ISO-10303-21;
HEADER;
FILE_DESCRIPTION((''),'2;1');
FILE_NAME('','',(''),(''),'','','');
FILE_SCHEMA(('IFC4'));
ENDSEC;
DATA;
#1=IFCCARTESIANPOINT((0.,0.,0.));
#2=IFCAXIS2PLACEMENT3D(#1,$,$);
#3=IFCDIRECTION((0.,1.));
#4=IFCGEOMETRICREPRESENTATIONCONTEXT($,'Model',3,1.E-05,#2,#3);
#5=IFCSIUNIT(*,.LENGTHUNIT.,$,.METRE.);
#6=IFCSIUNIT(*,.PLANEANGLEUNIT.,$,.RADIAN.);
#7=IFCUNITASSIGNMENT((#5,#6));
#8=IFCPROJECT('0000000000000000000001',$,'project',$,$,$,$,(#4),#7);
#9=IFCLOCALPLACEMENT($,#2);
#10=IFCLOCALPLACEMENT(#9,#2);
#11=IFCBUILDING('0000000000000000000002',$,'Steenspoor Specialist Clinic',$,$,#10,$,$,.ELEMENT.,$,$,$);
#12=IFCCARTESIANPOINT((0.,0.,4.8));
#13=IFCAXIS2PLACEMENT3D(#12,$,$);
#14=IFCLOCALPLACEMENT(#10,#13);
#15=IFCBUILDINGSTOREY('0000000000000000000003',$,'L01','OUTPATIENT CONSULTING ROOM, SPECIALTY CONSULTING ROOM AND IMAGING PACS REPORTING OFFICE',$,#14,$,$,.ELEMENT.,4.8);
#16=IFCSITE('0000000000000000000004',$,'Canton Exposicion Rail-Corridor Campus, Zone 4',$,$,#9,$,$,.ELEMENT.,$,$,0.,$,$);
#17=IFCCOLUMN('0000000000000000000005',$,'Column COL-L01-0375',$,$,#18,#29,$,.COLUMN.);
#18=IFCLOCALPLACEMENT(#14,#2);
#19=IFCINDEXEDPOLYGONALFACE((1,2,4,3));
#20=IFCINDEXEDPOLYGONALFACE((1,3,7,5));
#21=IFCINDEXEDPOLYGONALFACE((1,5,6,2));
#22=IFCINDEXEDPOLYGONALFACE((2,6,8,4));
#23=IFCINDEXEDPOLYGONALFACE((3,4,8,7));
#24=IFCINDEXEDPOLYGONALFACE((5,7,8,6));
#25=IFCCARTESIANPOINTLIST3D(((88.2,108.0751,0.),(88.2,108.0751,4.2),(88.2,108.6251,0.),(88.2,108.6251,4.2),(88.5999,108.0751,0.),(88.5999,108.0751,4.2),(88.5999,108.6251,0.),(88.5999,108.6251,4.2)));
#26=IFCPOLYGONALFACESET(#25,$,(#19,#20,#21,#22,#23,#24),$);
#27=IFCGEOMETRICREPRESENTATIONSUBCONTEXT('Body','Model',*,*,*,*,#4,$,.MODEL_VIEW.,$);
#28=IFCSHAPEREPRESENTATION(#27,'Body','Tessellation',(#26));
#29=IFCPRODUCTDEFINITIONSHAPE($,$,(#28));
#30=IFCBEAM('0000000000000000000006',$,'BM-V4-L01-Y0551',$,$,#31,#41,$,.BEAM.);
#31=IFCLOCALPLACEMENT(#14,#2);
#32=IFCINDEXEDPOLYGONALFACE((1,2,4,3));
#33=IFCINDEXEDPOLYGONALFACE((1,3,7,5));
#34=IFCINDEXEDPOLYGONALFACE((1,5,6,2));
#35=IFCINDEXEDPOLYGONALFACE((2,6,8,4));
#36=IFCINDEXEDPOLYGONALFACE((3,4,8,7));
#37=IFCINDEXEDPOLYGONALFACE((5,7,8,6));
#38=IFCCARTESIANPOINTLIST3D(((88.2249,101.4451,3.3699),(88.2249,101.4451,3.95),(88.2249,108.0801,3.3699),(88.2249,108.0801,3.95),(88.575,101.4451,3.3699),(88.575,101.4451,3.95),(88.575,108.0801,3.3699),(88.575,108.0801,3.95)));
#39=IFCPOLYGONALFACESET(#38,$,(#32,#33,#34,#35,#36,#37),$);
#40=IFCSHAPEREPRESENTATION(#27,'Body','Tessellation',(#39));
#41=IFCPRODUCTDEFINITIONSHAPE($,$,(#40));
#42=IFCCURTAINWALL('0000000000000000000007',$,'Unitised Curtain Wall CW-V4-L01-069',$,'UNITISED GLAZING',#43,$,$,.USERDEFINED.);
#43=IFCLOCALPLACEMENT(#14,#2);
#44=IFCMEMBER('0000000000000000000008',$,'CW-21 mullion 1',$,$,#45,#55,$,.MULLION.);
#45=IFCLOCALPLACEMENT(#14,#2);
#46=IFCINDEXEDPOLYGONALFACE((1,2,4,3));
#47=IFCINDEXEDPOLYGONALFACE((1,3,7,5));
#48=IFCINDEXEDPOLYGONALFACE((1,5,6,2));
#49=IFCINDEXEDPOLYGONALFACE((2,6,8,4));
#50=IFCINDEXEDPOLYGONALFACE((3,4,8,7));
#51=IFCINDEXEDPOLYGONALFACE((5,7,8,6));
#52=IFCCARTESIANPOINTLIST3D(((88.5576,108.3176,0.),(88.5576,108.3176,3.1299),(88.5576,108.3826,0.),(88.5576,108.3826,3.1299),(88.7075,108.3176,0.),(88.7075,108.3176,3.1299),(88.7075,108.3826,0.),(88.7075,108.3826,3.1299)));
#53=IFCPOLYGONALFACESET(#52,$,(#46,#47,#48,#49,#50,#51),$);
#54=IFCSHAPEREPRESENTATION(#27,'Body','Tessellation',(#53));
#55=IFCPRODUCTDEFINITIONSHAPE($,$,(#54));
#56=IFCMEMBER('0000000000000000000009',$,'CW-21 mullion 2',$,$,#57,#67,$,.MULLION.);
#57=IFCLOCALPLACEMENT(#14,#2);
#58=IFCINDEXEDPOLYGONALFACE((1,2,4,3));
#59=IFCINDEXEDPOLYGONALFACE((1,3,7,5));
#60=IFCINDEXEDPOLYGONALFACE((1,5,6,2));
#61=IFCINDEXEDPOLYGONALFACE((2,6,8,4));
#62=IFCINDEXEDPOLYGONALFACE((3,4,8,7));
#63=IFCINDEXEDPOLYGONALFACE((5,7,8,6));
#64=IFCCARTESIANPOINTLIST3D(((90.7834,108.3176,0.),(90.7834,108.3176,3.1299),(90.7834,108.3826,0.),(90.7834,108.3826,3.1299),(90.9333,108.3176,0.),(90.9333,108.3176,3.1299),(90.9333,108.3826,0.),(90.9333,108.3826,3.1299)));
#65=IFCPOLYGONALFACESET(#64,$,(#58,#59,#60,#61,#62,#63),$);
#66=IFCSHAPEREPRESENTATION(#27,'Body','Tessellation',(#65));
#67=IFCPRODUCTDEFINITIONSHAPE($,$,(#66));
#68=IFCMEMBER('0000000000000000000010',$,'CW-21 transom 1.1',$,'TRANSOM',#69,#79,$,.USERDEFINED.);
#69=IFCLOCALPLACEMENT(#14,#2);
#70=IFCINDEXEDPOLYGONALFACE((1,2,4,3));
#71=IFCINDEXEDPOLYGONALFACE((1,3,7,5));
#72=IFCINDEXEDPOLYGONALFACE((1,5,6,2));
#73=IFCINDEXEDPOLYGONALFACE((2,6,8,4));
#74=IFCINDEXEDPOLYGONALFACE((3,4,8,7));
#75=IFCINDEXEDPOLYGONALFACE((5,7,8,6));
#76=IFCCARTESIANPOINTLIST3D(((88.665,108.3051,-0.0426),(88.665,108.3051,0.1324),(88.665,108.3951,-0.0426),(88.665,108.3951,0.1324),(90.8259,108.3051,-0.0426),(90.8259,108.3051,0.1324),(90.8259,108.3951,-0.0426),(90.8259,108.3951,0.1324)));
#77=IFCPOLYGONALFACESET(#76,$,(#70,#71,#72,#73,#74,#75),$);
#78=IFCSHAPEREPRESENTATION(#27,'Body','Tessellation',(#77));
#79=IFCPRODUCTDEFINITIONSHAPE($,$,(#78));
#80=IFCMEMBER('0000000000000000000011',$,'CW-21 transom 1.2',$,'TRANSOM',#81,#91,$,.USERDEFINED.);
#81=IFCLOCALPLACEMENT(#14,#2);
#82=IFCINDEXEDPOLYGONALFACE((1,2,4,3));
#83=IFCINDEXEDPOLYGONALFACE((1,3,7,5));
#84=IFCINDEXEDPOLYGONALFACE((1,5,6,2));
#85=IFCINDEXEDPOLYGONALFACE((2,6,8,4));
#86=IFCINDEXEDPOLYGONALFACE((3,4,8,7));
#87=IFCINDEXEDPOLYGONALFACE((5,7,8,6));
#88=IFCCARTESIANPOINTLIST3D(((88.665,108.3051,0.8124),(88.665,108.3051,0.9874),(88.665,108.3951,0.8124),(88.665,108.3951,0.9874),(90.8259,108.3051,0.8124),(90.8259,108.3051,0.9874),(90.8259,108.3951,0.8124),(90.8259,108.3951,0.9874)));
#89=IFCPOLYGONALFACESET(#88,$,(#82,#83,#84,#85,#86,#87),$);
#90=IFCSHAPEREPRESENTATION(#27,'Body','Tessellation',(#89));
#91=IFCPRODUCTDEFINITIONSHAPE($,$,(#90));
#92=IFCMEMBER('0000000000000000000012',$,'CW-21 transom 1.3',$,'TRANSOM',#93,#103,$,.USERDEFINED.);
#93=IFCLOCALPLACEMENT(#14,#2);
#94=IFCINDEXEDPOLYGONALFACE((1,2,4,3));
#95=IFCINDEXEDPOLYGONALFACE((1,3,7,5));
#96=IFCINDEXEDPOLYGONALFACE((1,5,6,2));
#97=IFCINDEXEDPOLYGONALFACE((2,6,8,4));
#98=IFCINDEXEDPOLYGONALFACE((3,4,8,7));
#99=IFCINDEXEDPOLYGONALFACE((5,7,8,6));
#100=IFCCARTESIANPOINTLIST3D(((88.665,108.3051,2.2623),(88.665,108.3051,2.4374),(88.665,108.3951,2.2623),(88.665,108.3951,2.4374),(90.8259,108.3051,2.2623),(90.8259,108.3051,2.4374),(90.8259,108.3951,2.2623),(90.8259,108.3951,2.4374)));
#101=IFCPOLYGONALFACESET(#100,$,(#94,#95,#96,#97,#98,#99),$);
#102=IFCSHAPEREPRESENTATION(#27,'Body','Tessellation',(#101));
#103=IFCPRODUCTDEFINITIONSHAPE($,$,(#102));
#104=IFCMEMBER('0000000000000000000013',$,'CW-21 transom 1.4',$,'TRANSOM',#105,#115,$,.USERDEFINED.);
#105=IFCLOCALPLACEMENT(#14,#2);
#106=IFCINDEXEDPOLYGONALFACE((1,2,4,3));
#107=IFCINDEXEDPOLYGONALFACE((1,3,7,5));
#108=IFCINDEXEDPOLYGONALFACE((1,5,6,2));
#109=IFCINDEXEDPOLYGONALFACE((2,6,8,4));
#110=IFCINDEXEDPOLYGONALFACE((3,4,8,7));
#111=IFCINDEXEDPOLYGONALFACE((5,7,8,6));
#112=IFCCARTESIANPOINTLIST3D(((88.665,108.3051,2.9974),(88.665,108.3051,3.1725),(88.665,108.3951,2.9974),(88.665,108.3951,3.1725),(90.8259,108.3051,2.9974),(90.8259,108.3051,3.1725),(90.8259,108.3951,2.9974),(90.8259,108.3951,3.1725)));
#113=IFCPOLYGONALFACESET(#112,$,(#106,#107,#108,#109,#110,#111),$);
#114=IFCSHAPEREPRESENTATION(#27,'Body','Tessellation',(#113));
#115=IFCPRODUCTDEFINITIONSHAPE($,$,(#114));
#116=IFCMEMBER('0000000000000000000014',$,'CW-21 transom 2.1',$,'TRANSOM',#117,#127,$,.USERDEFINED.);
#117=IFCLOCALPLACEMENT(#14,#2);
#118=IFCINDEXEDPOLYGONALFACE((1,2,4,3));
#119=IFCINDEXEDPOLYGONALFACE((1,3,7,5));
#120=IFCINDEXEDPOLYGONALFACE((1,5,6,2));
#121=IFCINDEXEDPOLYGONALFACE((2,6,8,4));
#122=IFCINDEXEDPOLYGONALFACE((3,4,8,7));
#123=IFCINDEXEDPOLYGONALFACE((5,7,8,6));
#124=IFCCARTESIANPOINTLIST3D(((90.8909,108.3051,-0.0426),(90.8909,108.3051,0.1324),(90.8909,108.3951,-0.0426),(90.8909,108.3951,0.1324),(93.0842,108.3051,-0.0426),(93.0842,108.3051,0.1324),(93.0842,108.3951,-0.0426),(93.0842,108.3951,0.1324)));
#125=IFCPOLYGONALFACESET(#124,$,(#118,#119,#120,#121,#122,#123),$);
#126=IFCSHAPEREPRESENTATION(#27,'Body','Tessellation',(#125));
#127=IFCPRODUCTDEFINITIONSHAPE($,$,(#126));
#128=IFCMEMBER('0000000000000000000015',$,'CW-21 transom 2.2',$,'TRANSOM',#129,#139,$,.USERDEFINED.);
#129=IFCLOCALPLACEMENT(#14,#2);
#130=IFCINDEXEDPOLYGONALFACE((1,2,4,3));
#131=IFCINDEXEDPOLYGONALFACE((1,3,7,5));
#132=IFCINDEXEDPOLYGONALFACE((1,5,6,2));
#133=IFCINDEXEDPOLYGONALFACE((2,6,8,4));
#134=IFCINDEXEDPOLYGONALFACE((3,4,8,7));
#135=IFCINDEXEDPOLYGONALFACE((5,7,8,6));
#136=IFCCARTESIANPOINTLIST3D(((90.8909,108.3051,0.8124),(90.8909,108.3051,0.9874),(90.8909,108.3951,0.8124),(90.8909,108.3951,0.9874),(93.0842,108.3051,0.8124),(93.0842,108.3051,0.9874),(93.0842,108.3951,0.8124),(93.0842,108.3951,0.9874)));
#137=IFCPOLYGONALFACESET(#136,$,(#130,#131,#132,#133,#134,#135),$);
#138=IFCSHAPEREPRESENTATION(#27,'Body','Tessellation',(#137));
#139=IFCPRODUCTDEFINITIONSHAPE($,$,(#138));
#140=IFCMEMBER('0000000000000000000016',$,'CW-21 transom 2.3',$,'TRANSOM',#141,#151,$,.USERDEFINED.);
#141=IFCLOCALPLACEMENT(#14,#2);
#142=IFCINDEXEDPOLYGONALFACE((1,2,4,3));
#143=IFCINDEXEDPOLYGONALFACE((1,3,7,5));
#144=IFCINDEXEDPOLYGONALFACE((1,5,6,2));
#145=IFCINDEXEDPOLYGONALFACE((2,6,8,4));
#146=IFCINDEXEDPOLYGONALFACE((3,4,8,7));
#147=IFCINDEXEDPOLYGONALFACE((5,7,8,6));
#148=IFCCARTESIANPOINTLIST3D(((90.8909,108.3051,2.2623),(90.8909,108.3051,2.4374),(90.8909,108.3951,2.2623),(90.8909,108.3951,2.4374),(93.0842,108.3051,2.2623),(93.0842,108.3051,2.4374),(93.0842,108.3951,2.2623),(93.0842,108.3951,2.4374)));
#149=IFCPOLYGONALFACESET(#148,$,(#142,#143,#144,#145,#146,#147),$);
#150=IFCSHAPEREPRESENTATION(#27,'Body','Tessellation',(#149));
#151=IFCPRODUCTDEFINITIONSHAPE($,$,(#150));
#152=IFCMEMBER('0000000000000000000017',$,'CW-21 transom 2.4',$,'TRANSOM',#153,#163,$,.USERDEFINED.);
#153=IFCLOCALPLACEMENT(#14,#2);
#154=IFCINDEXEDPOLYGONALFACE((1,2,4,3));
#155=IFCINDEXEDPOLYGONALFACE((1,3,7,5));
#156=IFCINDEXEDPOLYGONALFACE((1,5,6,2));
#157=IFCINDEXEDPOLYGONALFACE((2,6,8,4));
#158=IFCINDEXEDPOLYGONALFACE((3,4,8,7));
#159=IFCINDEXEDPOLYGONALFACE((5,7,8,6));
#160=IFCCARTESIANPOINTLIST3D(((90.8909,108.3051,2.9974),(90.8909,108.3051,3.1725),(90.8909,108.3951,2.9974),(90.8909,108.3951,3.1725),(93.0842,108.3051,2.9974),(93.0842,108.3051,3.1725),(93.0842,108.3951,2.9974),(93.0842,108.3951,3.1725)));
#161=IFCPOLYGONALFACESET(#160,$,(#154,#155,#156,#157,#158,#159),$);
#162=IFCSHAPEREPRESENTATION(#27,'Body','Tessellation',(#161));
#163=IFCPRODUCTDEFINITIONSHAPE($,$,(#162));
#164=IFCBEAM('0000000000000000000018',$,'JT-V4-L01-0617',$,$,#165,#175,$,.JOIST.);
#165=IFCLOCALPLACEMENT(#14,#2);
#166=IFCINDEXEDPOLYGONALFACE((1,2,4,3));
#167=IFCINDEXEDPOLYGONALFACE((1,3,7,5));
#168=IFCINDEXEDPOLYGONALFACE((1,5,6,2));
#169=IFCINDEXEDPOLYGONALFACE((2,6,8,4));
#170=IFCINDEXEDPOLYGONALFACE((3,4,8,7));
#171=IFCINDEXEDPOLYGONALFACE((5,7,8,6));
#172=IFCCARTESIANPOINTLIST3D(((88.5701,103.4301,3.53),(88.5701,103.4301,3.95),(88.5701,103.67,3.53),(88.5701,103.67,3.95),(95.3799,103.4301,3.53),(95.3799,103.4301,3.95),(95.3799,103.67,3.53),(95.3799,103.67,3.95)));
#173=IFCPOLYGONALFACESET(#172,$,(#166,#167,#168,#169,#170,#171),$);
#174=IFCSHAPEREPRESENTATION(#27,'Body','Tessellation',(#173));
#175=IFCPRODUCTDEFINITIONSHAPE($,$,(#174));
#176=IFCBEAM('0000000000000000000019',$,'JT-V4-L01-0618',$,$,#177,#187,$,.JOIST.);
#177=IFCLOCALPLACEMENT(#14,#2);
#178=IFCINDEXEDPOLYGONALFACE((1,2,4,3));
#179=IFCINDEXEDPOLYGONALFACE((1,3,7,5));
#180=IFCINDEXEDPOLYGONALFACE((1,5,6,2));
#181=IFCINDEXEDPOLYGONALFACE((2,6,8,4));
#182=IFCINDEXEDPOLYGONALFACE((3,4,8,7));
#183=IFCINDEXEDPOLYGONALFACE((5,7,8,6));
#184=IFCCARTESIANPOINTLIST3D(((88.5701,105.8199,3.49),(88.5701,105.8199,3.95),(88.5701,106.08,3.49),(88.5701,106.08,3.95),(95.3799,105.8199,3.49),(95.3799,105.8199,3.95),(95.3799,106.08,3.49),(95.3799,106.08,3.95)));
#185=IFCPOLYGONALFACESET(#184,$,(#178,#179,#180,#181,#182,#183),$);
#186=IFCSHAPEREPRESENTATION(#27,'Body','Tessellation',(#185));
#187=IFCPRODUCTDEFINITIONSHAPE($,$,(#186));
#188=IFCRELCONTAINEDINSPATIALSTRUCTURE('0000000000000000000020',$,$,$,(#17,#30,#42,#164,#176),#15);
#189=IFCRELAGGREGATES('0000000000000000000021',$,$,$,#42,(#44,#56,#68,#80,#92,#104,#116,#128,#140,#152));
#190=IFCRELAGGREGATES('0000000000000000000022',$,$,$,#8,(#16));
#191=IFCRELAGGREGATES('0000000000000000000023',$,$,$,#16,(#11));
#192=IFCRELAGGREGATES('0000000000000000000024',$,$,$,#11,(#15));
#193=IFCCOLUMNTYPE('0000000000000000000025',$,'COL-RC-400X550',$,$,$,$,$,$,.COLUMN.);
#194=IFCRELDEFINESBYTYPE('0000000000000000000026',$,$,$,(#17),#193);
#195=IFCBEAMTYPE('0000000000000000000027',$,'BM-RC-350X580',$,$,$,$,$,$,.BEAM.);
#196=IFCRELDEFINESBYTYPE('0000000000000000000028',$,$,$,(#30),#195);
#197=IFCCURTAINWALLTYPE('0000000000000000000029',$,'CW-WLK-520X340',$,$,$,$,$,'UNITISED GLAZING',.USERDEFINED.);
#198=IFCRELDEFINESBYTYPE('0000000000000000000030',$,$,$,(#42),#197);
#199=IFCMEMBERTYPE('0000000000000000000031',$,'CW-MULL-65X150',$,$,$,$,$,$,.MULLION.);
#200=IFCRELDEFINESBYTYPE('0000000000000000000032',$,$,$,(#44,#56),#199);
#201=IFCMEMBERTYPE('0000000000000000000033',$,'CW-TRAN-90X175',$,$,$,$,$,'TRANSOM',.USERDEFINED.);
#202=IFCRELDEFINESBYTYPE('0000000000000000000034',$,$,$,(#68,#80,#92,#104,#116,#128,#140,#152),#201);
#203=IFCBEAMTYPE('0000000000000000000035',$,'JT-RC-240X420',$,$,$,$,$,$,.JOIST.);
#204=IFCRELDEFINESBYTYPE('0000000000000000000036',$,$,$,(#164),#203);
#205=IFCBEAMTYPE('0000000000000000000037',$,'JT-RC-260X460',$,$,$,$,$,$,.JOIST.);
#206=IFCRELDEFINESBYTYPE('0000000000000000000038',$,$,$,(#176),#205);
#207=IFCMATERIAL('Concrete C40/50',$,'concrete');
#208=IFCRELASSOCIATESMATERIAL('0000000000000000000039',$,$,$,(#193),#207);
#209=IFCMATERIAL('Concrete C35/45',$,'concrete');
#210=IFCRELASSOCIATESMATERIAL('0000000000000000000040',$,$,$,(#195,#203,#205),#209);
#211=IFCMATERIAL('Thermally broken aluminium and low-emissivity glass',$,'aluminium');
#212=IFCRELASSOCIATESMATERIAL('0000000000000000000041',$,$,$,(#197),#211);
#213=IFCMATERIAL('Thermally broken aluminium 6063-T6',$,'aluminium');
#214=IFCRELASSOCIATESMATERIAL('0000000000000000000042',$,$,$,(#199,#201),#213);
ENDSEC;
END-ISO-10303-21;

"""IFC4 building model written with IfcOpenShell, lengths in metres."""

from ifc_helpers import new_model, si_unit, direction, frame, origin, origin_2d, place, context, subcontext, project, spatial, rectangle, extrude, material, material_profile, profile_set, type_object, element, aggregate, save


model = new_model("IFC4")

# Units and contexts
model_context = context("Model", 3, precision=1e-05, world=origin(), true_north=direction((0.0, 1.0)))
body_context = subcontext(model_context, "Body", "Model", "MODEL_VIEW")
ifc_project = project(units=[si_unit("LENGTHUNIT", "METRE"), si_unit("PLANEANGLEUNIT", "RADIAN")], contexts=[model_context])

# Site, building, storey
site_placement = place(None, origin())
site = spatial("IfcSite", under=ifc_project, at=site_placement, Name="Canton Exposicion Rail-Corridor Campus, Zone 4", CompositionType="ELEMENT", RefElevation=0.0)
building_placement = place(site_placement, origin())
building = spatial("IfcBuilding", under=site, at=building_placement, Name="Steenspoor Specialist Clinic", CompositionType="ELEMENT")
storey_placement = place(building_placement, frame((0.0, 0.0, 4.8)))
storey = spatial("IfcBuildingStorey", under=building, at=storey_placement, Name="L01", Description="OUTPATIENT CONSULTING ROOM, SPECIALTY CONSULTING ROOM AND IMAGING PACS REPORTING OFFICE", CompositionType="ELEMENT", Elevation=4.8)

# Column
ifc_material_1 = material(Name="Concrete C40/50", Category="concrete")
ifc_material_profile_1 = material_profile(ifc_material_1, rectangle(XDim=0.3999, YDim=0.55, at=origin_2d()), Name="RC-COL-400X550")
ifc_profile_set_1 = profile_set([ifc_material_profile_1], Name="Concrete C40/50")
column_type = type_object("IfcColumnType", Name="COL-RC-400X550", PredefinedType="COLUMN", material=ifc_profile_set_1)
column_placement = place(storey_placement, frame((88.3999, 108.3501, 0.0), z_axis=(0.0, 0.0, 1.0), x_axis=(1.0, 0.0, 0.0)))
element("IfcColumn", 1, at=column_placement, inside=storey, type_object=column_type, Name="Column COL-L01-0375", PredefinedType="COLUMN", context=body_context, shape_type="SweptSolid", body=[
    extrude(rectangle(XDim=0.3999, YDim=0.55, at=origin_2d()), origin(), (0.0, 0.0, 1.0), 4.2),
])

# Beam
ifc_material_2 = material(Name="Concrete C35/45", Category="concrete")
ifc_material_profile_2 = material_profile(ifc_material_2, rectangle(XDim=0.3501, YDim=0.5801, at=origin_2d()), Name="RC-BM-350X580")
ifc_profile_set_2 = profile_set([ifc_material_profile_2], Name="Concrete C35/45")
beam_type_1 = type_object("IfcBeamType", Name="BM-RC-350X580", PredefinedType="BEAM", material=ifc_profile_set_2)
beam_1_placement = place(storey_placement, frame((88.3999, 101.4451, 3.6599), z_axis=(0.0, 1.0, 0.0), x_axis=(-1.0, 0.0, 0.0)))
element("IfcBeam", 2, at=beam_1_placement, inside=storey, type_object=beam_type_1, Name="BM-V4-L01-Y0551", PredefinedType="BEAM", context=body_context, shape_type="SweptSolid", body=[
    extrude(rectangle(XDim=0.3501, YDim=0.5801, at=origin_2d()), origin(), (0.0, 0.0, 1.0), 6.635),
])

# Curtain wall, members
ifc_material_3 = material(Name="Thermally broken aluminium and low-emissivity glass", Category="aluminium")
curtain_wall_type = type_object("IfcCurtainWallType", Name="CW-WLK-520X340", ElementType="UNITISED GLAZING", PredefinedType="USERDEFINED", material=ifc_material_3)
curtain_wall_placement = place(storey_placement, origin())
curtain_wall = element("IfcCurtainWall", 3, at=curtain_wall_placement, inside=storey, type_object=curtain_wall_type, Name="Unitised Curtain Wall CW-V4-L01-069", ObjectType="UNITISED GLAZING", PredefinedType="USERDEFINED")
ifc_material_4 = material(Name="Thermally broken aluminium 6063-T6", Category="aluminium")
ifc_material_profile_3 = material_profile(ifc_material_4, rectangle(XDim=0.0649, YDim=0.1499, at=origin_2d()), Name="CWM-65X150")
ifc_profile_set_3 = profile_set([ifc_material_profile_3], Name="Thermally broken aluminium 6063-T6")
member_type_1 = type_object("IfcMemberType", Name="CW-MULL-65X150", PredefinedType="MULLION", material=ifc_profile_set_3)
member_1_placement = place(storey_placement, frame((88.6326, 108.3501, 0.0), z_axis=(0.0, 0.0, 1.0), x_axis=(0.0, 1.0, 0.0)))
member_1 = element("IfcMember", 4, at=member_1_placement, type_object=member_type_1, Name="CW-21 mullion 1", PredefinedType="MULLION", context=body_context, shape_type="SweptSolid", body=[
    extrude(rectangle(XDim=0.0649, YDim=0.1499, at=origin_2d()), origin(), (0.0, 0.0, 1.0), 3.1299),
])
member_2_placement = place(storey_placement, frame((90.8584, 108.3501, 0.0), z_axis=(0.0, 0.0, 1.0), x_axis=(0.0, 1.0, 0.0)))
member_2 = element("IfcMember", 5, at=member_2_placement, type_object=member_type_1, Name="CW-21 mullion 2", PredefinedType="MULLION", context=body_context, shape_type="SweptSolid", body=[
    extrude(rectangle(XDim=0.0649, YDim=0.1499, at=origin_2d()), origin(), (0.0, 0.0, 1.0), 3.1299),
])
ifc_material_profile_4 = material_profile(ifc_material_4, rectangle(XDim=0.0901, YDim=0.175, at=origin_2d()), Name="CWT-90X175")
ifc_profile_set_4 = profile_set([ifc_material_profile_4], Name="Thermally broken aluminium 6063-T6")
member_type_2 = type_object("IfcMemberType", Name="CW-TRAN-90X175", ElementType="TRANSOM", PredefinedType="USERDEFINED", material=ifc_profile_set_4)
member_3_placement = place(storey_placement, frame((88.665, 108.3501, 0.0449), z_axis=(1.0, 0.0, 0.0), x_axis=(0.0, 1.0, 0.0)))
member_3 = element("IfcMember", 6, at=member_3_placement, type_object=member_type_2, Name="CW-21 transom 1.1", ObjectType="TRANSOM", PredefinedType="USERDEFINED", context=body_context, shape_type="SweptSolid", body=[
    extrude(rectangle(XDim=0.0901, YDim=0.175, at=origin_2d()), origin(), (0.0, 0.0, 1.0), 2.1609),
])
member_4_placement = place(storey_placement, frame((88.665, 108.3501, 0.8999), z_axis=(1.0, 0.0, 0.0), x_axis=(0.0, 1.0, 0.0)))
member_4 = element("IfcMember", 7, at=member_4_placement, type_object=member_type_2, Name="CW-21 transom 1.2", ObjectType="TRANSOM", PredefinedType="USERDEFINED", context=body_context, shape_type="SweptSolid", body=[
    extrude(rectangle(XDim=0.0901, YDim=0.175, at=origin_2d()), origin(), (0.0, 0.0, 1.0), 2.1609),
])
member_5_placement = place(storey_placement, frame((88.665, 108.3501, 2.3499), z_axis=(1.0, 0.0, 0.0), x_axis=(0.0, 1.0, 0.0)))
member_5 = element("IfcMember", 8, at=member_5_placement, type_object=member_type_2, Name="CW-21 transom 1.3", ObjectType="TRANSOM", PredefinedType="USERDEFINED", context=body_context, shape_type="SweptSolid", body=[
    extrude(rectangle(XDim=0.0901, YDim=0.175, at=origin_2d()), origin(), (0.0, 0.0, 1.0), 2.1609),
])
member_6_placement = place(storey_placement, frame((88.665, 108.3501, 3.085), z_axis=(1.0, 0.0, 0.0), x_axis=(0.0, 1.0, 0.0)))
member_6 = element("IfcMember", 9, at=member_6_placement, type_object=member_type_2, Name="CW-21 transom 1.4", ObjectType="TRANSOM", PredefinedType="USERDEFINED", context=body_context, shape_type="SweptSolid", body=[
    extrude(rectangle(XDim=0.0901, YDim=0.175, at=origin_2d()), origin(), (0.0, 0.0, 1.0), 2.1609),
])
member_7_placement = place(storey_placement, frame((90.8909, 108.3501, 0.0449), z_axis=(1.0, 0.0, 0.0), x_axis=(0.0, 1.0, 0.0)))
member_7 = element("IfcMember", 10, at=member_7_placement, type_object=member_type_2, Name="CW-21 transom 2.1", ObjectType="TRANSOM", PredefinedType="USERDEFINED", context=body_context, shape_type="SweptSolid", body=[
    extrude(rectangle(XDim=0.0901, YDim=0.175, at=origin_2d()), origin(), (0.0, 0.0, 1.0), 2.1934),
])
member_8_placement = place(storey_placement, frame((90.8909, 108.3501, 0.8999), z_axis=(1.0, 0.0, 0.0), x_axis=(0.0, 1.0, 0.0)))
member_8 = element("IfcMember", 11, at=member_8_placement, type_object=member_type_2, Name="CW-21 transom 2.2", ObjectType="TRANSOM", PredefinedType="USERDEFINED", context=body_context, shape_type="SweptSolid", body=[
    extrude(rectangle(XDim=0.0901, YDim=0.175, at=origin_2d()), origin(), (0.0, 0.0, 1.0), 2.1934),
])
member_9_placement = place(storey_placement, frame((90.8909, 108.3501, 2.3499), z_axis=(1.0, 0.0, 0.0), x_axis=(0.0, 1.0, 0.0)))
member_9 = element("IfcMember", 12, at=member_9_placement, type_object=member_type_2, Name="CW-21 transom 2.3", ObjectType="TRANSOM", PredefinedType="USERDEFINED", context=body_context, shape_type="SweptSolid", body=[
    extrude(rectangle(XDim=0.0901, YDim=0.175, at=origin_2d()), origin(), (0.0, 0.0, 1.0), 2.1934),
])
member_10_placement = place(storey_placement, frame((90.8909, 108.3501, 3.085), z_axis=(1.0, 0.0, 0.0), x_axis=(0.0, 1.0, 0.0)))
member_10 = element("IfcMember", 13, at=member_10_placement, type_object=member_type_2, Name="CW-21 transom 2.4", ObjectType="TRANSOM", PredefinedType="USERDEFINED", context=body_context, shape_type="SweptSolid", body=[
    extrude(rectangle(XDim=0.0901, YDim=0.175, at=origin_2d()), origin(), (0.0, 0.0, 1.0), 2.1934),
])

# Beams
ifc_material_profile_5 = material_profile(ifc_material_2, rectangle(XDim=0.24, YDim=0.4199, at=origin_2d()), Name="RC-JT-240X420")
ifc_profile_set_5 = profile_set([ifc_material_profile_5], Name="Concrete C35/45")
beam_type_2 = type_object("IfcBeamType", Name="JT-RC-240X420", PredefinedType="JOIST", material=ifc_profile_set_5)
beam_2_placement = place(storey_placement, frame((88.5701, 103.55, 3.74), z_axis=(1.0, 0.0, 0.0), x_axis=(0.0, 1.0, 0.0)))
element("IfcBeam", 14, at=beam_2_placement, inside=storey, type_object=beam_type_2, Name="JT-V4-L01-0617", PredefinedType="JOIST", context=body_context, shape_type="SweptSolid", body=[
    extrude(rectangle(XDim=0.24, YDim=0.4199, at=origin_2d()), origin(), (0.0, 0.0, 1.0), 6.8098),
])
ifc_material_profile_6 = material_profile(ifc_material_2, rectangle(XDim=0.26, YDim=0.46, at=origin_2d()), Name="RC-JT-260X460")
ifc_profile_set_6 = profile_set([ifc_material_profile_6], Name="Concrete C35/45")
beam_type_3 = type_object("IfcBeamType", Name="JT-RC-260X460", PredefinedType="JOIST", material=ifc_profile_set_6)
beam_3_placement = place(storey_placement, frame((88.5701, 105.95, 3.72), z_axis=(1.0, 0.0, 0.0), x_axis=(0.0, 1.0, 0.0)))
element("IfcBeam", 15, at=beam_3_placement, inside=storey, type_object=beam_type_3, Name="JT-V4-L01-0618", PredefinedType="JOIST", context=body_context, shape_type="SweptSolid", body=[
    extrude(rectangle(XDim=0.26, YDim=0.46, at=origin_2d()), origin(), (0.0, 0.0, 1.0), 6.8098),
])

aggregate(curtain_wall, [member_1, member_2, member_3, member_4, member_5, member_6, member_7, member_8, member_9, member_10])

save(model, "model.ifc")
